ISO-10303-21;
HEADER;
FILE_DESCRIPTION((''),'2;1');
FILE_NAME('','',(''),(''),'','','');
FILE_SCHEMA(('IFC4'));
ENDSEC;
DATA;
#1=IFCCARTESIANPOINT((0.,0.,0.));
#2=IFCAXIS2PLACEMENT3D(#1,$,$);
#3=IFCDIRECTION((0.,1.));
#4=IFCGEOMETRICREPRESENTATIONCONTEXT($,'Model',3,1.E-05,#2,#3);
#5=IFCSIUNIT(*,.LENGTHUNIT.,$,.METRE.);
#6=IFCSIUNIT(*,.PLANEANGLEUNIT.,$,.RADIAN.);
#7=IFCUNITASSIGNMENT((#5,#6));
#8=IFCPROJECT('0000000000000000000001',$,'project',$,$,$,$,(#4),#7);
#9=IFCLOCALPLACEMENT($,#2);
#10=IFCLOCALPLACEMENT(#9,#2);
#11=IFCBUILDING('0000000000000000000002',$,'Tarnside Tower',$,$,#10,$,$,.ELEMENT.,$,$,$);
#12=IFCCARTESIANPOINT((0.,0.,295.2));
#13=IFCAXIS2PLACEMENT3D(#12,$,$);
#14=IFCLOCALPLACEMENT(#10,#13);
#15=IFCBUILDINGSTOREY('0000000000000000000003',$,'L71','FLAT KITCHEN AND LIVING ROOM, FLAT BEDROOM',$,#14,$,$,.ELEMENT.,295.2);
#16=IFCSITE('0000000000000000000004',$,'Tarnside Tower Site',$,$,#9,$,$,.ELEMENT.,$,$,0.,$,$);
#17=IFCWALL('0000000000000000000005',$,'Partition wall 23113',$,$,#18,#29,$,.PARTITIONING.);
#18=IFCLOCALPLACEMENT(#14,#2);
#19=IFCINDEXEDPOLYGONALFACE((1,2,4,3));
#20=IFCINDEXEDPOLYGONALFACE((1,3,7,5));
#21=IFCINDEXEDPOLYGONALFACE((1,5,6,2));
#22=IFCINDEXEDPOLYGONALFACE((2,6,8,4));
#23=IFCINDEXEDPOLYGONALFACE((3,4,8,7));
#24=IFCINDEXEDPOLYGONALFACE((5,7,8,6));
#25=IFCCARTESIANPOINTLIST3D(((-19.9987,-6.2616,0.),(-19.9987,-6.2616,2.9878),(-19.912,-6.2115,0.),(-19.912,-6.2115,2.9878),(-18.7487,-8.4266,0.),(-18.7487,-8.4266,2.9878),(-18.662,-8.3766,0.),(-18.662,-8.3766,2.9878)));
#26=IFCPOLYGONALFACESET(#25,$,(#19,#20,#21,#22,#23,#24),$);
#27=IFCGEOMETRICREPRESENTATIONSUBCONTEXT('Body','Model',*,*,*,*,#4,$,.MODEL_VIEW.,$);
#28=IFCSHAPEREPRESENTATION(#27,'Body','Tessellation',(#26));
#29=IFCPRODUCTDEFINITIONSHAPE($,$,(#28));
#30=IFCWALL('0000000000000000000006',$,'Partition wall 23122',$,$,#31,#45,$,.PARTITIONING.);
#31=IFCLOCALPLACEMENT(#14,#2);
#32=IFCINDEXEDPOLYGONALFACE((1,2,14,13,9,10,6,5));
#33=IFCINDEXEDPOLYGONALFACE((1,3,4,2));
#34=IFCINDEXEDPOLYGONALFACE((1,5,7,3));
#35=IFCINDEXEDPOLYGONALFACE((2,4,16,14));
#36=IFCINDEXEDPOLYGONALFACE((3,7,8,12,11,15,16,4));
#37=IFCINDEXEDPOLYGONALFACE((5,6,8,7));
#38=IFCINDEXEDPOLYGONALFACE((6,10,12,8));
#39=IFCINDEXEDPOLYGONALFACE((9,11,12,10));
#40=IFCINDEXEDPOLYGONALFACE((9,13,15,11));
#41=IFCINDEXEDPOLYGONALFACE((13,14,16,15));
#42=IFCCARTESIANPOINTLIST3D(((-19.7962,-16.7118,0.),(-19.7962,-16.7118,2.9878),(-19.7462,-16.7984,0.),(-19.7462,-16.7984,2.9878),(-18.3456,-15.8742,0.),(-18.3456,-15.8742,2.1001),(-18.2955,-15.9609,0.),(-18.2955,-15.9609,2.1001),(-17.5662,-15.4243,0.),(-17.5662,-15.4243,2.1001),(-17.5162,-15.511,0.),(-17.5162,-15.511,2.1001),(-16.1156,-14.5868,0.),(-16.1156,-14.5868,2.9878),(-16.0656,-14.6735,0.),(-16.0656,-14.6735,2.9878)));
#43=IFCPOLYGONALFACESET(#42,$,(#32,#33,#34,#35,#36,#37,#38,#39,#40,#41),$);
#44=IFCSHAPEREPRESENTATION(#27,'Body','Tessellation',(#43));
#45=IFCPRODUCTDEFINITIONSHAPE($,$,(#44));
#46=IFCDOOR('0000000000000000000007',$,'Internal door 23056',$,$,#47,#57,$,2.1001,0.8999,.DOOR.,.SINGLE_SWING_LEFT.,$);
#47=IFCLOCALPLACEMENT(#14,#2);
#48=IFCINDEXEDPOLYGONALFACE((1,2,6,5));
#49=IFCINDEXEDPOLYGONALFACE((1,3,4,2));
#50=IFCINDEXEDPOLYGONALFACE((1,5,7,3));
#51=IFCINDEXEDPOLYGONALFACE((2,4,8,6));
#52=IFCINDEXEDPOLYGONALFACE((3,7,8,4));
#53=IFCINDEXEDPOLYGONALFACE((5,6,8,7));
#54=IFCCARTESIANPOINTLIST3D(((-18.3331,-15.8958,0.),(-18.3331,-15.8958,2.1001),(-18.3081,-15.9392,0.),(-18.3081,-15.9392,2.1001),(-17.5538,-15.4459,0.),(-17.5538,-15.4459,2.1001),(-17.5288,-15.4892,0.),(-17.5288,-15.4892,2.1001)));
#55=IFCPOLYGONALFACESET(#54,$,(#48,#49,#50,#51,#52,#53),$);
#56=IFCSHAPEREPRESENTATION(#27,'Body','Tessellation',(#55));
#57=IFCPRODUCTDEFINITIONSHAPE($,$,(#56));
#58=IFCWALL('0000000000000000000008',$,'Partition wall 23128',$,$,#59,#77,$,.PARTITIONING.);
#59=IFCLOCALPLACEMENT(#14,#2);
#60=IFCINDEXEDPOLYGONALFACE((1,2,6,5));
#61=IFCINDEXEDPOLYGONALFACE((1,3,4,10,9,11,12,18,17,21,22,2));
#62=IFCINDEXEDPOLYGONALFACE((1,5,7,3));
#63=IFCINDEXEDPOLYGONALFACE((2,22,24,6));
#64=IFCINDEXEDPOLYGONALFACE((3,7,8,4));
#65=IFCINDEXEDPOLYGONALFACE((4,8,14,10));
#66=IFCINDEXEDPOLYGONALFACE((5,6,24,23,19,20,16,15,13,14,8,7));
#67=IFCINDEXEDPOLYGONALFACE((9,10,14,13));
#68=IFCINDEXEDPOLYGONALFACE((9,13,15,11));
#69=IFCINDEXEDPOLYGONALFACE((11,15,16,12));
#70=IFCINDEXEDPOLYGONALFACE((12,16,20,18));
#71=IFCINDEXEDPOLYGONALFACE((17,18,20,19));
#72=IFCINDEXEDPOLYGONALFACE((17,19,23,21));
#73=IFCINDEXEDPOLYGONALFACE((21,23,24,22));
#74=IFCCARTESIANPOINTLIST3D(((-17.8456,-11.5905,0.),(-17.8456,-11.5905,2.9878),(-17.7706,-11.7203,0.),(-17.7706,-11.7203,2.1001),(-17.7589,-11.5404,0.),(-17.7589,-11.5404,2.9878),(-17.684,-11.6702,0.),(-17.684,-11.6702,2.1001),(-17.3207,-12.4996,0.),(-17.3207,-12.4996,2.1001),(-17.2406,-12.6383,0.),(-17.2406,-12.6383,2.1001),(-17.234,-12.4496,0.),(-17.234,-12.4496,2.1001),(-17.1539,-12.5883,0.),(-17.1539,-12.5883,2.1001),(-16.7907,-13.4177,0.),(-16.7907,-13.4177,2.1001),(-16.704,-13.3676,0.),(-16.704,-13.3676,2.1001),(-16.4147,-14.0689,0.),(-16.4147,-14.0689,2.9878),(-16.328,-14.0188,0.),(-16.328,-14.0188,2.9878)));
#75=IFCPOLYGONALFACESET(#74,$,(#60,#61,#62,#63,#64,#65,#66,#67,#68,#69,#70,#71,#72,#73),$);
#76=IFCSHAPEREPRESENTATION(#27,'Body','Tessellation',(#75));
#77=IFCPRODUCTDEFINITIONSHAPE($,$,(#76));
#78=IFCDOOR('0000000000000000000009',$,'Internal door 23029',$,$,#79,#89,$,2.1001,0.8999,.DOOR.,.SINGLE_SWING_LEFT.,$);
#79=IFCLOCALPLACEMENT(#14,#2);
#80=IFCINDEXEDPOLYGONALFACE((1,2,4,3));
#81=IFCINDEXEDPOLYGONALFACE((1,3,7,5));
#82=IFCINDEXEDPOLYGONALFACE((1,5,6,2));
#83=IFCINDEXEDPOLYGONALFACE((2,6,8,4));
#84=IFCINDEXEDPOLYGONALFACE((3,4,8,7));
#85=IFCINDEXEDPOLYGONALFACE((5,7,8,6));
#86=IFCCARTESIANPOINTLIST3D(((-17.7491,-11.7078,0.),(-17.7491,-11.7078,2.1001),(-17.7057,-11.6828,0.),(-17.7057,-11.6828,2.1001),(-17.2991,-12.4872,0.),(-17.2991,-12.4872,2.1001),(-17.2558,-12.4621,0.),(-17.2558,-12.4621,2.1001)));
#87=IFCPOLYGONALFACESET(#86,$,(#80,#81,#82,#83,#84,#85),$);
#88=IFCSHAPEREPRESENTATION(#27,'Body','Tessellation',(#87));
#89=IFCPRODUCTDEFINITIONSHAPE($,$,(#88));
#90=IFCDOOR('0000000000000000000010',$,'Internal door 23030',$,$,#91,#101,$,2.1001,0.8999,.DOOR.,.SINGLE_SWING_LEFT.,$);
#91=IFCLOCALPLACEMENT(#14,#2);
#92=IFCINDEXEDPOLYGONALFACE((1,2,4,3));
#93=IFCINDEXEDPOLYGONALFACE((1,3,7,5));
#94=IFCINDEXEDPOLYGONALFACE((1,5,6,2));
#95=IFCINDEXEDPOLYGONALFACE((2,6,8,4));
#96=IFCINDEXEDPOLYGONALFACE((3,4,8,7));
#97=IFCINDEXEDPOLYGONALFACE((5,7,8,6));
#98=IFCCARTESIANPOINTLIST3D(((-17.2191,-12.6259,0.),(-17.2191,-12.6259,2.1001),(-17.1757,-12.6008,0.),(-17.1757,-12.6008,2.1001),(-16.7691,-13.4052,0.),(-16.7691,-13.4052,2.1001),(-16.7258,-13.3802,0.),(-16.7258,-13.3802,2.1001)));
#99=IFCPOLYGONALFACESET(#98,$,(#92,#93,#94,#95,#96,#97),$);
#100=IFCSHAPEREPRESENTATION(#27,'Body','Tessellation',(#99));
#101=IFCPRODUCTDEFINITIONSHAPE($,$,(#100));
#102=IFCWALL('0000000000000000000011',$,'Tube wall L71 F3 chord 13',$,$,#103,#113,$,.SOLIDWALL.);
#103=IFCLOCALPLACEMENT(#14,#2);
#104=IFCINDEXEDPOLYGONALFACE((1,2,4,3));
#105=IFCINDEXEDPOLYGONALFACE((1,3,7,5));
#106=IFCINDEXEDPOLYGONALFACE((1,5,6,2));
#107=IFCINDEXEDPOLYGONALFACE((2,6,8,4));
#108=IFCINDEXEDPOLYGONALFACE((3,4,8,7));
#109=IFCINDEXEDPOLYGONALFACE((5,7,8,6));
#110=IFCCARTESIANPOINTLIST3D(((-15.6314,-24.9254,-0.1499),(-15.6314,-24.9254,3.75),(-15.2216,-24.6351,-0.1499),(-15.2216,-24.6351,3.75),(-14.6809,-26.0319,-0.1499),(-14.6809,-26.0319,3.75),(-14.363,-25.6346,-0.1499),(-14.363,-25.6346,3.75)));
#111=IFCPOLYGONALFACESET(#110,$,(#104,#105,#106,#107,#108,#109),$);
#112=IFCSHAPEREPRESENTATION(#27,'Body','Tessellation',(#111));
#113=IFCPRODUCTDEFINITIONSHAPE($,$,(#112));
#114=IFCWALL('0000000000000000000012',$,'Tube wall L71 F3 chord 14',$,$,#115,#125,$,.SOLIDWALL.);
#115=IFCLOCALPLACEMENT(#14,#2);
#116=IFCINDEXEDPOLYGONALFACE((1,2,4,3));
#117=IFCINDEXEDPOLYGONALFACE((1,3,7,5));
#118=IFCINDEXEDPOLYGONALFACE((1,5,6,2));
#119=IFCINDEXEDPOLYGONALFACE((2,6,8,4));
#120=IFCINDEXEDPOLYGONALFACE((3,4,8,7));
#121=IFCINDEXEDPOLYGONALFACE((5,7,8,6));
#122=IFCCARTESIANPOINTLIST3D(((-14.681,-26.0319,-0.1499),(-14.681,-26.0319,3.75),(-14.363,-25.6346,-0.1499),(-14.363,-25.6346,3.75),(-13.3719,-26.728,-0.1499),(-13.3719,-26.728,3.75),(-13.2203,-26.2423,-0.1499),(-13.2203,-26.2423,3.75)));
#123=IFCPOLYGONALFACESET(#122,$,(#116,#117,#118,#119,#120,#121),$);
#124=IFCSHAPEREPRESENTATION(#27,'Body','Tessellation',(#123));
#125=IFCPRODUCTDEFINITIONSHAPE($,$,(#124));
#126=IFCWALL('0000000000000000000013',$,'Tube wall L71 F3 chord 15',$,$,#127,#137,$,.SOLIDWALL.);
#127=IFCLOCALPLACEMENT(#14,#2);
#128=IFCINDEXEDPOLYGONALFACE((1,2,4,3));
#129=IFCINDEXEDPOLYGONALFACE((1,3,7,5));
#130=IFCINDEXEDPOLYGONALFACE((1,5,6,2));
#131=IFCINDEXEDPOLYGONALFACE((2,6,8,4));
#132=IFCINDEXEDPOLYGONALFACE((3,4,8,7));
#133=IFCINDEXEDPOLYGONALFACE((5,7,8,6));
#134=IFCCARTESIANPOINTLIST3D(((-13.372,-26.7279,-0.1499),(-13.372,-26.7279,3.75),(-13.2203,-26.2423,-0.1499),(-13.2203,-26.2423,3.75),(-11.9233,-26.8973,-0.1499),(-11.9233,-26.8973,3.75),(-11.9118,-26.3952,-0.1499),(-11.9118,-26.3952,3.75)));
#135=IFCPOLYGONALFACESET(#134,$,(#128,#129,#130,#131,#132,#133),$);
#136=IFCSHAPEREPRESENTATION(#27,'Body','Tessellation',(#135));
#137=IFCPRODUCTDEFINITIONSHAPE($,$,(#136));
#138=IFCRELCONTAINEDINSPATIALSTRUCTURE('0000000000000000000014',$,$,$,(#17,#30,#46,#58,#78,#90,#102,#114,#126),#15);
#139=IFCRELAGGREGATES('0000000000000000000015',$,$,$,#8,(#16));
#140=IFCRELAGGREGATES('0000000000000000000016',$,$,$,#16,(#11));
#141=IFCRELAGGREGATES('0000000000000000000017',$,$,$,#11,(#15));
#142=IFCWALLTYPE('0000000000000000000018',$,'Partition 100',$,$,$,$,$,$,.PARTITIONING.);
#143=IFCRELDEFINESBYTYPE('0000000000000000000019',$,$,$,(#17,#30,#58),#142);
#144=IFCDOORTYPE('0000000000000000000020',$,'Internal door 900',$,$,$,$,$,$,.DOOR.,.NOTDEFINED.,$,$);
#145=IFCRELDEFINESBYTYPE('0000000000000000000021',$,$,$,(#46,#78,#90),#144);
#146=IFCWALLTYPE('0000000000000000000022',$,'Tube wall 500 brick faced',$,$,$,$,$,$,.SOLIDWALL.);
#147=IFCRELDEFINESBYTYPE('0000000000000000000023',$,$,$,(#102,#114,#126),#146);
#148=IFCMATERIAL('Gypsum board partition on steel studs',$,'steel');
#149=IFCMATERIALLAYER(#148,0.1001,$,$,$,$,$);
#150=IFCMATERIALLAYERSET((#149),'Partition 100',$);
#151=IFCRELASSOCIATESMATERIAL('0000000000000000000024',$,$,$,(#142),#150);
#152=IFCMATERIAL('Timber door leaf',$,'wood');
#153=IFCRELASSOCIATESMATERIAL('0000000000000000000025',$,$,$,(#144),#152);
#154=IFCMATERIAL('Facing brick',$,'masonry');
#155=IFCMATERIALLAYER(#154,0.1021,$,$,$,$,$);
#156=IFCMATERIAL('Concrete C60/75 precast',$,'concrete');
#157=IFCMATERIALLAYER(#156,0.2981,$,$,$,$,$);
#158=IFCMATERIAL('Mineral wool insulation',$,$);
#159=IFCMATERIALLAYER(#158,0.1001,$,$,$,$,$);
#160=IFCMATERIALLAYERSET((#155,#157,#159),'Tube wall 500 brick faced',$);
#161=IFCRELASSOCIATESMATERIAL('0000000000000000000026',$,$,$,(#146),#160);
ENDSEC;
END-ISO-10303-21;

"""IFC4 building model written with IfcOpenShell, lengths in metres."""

from ifc_helpers import new_model, si_unit, direction, frame, frame_2d, origin, place, context, subcontext, project, spatial, polyline, rectangle, outline, extrude, material, layer, layer_set, type_object, element, fill, save


model = new_model("IFC4")

# Units and contexts
model_context = context("Model", 3, precision=1e-05, world=origin(), true_north=direction((0.0, 1.0)))
body_context = subcontext(model_context, "Body", "Model", "MODEL_VIEW")
ifc_project = project(units=[si_unit("LENGTHUNIT", "METRE"), si_unit("PLANEANGLEUNIT", "RADIAN")], contexts=[model_context])

# Site, building, storey
site_placement = place(None, origin())
site = spatial("IfcSite", under=ifc_project, at=site_placement, Name="Tarnside Tower Site", CompositionType="ELEMENT", RefElevation=0.0)
building_placement = place(site_placement, origin())
building = spatial("IfcBuilding", under=site, at=building_placement, Name="Tarnside Tower", CompositionType="ELEMENT")
storey_placement = place(building_placement, frame((0.0, 0.0, 295.2)))
storey = spatial("IfcBuildingStorey", under=building, at=storey_placement, Name="L71", Description="FLAT KITCHEN AND LIVING ROOM, FLAT BEDROOM", CompositionType="ELEMENT", Elevation=295.2)

# Shared definitions
ifc_material_1 = material(Name="Gypsum board partition on steel studs", Category="steel")

# Shared definitions
ifc_material_2 = material(Name="Timber door leaf", Category="wood")

# Wall
ifc_layer_1 = layer(ifc_material_1, 0.1001)
ifc_layer_set_1 = layer_set([ifc_layer_1], Name="Partition 100")
wall_type_1 = type_object("IfcWallType", Name="Partition 100", PredefinedType="PARTITIONING", material=ifc_layer_set_1)
wall_1_placement = place(storey_placement, frame((-18.7053, -8.4016, 0.0), z_axis=(0.0, 0.0, 1.0), x_axis=(-0.500004, 0.866023, 0.0)))
element("IfcWall", 1, at=wall_1_placement, inside=storey, type_object=wall_type_1, Name="Partition wall 23113", PredefinedType="PARTITIONING", context=body_context, shape_type="SweptSolid", body=[
    extrude(rectangle(XDim=2.5, YDim=0.1001, at=frame_2d((1.25, 0.0))), origin(), (0.0, 0.0, 1.0), 2.9878),
])

# Wall, opening, door
wall_2_placement = place(storey_placement, frame((-16.0906, -14.6301, 0.0), z_axis=(0.0, 0.0, 1.0), x_axis=(-0.866029, -0.499994, 0.0)))
wall_2 = element("IfcWall", 2, at=wall_2_placement, inside=storey, type_object=wall_type_1, Name="Partition wall 23122", PredefinedType="PARTITIONING", context=body_context, shape_type="SweptSolid", body=[
    extrude(rectangle(XDim=4.25, YDim=0.1001, at=frame_2d((2.125, 0.0))), origin(), (0.0, 0.0, 1.0), 2.9878),
])
opening_1_placement = place(wall_2_placement, frame((1.675, 0.0, 0.0)))
opening_1 = element("IfcOpeningElement", 3, at=opening_1_placement, cuts=wall_2, PredefinedType="OPENING", context=body_context, shape_type="SweptSolid", body=[
    extrude(rectangle(XDim=0.8999, YDim=2.1001, at=frame_2d((0.45, 1.05))), frame((0.0, 0.0601, 0.0), z_axis=(0.0, -1.0, 0.0), x_axis=(1.0, 0.0, 0.0)), (0.0, 0.0, 1.0), 0.1201),
])
door_type_1 = type_object("IfcDoorType", Name="Internal door 900", OperationType="NOTDEFINED", PredefinedType="DOOR", material=ifc_material_2)
door_1_placement = place(opening_1_placement, origin())
door_1 = element("IfcDoor", 4, at=door_1_placement, inside=storey, type_object=door_type_1, Name="Internal door 23056", OperationType="SINGLE_SWING_LEFT", OverallHeight=2.1001, OverallWidth=0.8999, PredefinedType="DOOR", context=body_context, shape_type="SweptSolid", body=[
    extrude(rectangle(XDim=0.8999, YDim=2.1001, at=frame_2d((0.45, 1.05))), frame((0.0, 0.0249, 0.0), z_axis=(0.0, -1.0, 0.0), x_axis=(1.0, 0.0, 0.0)), (0.0, 0.0, 1.0), 0.05),
])
fill(opening_1, door_1)

# Wall, openings, doors
wall_3_placement = place(storey_placement, frame((-17.8022, -11.5654, 0.0), z_axis=(0.0, 0.0, 1.0), x_axis=(0.499983, -0.866035, 0.0)))
wall_3 = element("IfcWall", 5, at=wall_3_placement, inside=storey, type_object=wall_type_1, Name="Partition wall 23128", PredefinedType="PARTITIONING", context=body_context, shape_type="SweptSolid", body=[
    extrude(rectangle(XDim=2.8618, YDim=0.1001, at=frame_2d((1.4309, 0.0))), origin(), (0.0, 0.0, 1.0), 2.9878),
])
opening_2_placement = place(wall_3_placement, frame((0.1499, 0.0, 0.0)))
opening_2 = element("IfcOpeningElement", 6, at=opening_2_placement, cuts=wall_3, PredefinedType="OPENING", context=body_context, shape_type="SweptSolid", body=[
    extrude(rectangle(XDim=0.8999, YDim=2.1001, at=frame_2d((0.45, 1.05))), frame((0.0, 0.0601, 0.0), z_axis=(0.0, -1.0, 0.0), x_axis=(1.0, 0.0, 0.0)), (0.0, 0.0, 1.0), 0.1201),
])
opening_3_placement = place(wall_3_placement, frame((1.21, 0.0, 0.0)))
opening_3 = element("IfcOpeningElement", 7, at=opening_3_placement, cuts=wall_3, PredefinedType="OPENING", context=body_context, shape_type="SweptSolid", body=[
    extrude(rectangle(XDim=0.8999, YDim=2.1001, at=frame_2d((0.45, 1.05))), frame((0.0, 0.0601, 0.0), z_axis=(0.0, -1.0, 0.0), x_axis=(1.0, 0.0, 0.0)), (0.0, 0.0, 1.0), 0.1201),
])
door_2_placement = place(opening_2_placement, origin())
door_2 = element("IfcDoor", 8, at=door_2_placement, inside=storey, type_object=door_type_1, Name="Internal door 23029", OperationType="SINGLE_SWING_LEFT", OverallHeight=2.1001, OverallWidth=0.8999, PredefinedType="DOOR", context=body_context, shape_type="SweptSolid", body=[
    extrude(rectangle(XDim=0.8999, YDim=2.1001, at=frame_2d((0.45, 1.05))), frame((0.0, 0.0249, 0.0), z_axis=(0.0, -1.0, 0.0), x_axis=(1.0, 0.0, 0.0)), (0.0, 0.0, 1.0), 0.05),
])
fill(opening_2, door_2)
door_3_placement = place(opening_3_placement, origin())
door_3 = element("IfcDoor", 9, at=door_3_placement, inside=storey, type_object=door_type_1, Name="Internal door 23030", OperationType="SINGLE_SWING_LEFT", OverallHeight=2.1001, OverallWidth=0.8999, PredefinedType="DOOR", context=body_context, shape_type="SweptSolid", body=[
    extrude(rectangle(XDim=0.8999, YDim=2.1001, at=frame_2d((0.45, 1.05))), frame((0.0, 0.0249, 0.0), z_axis=(0.0, -1.0, 0.0), x_axis=(1.0, 0.0, 0.0)), (0.0, 0.0, 1.0), 0.05),
])
fill(opening_3, door_3)

# Walls
ifc_material_3 = material(Name="Facing brick", Category="masonry")
ifc_layer_2 = layer(ifc_material_3, 0.1021)
ifc_material_4 = material(Name="Concrete C60/75 precast", Category="concrete")
ifc_layer_3 = layer(ifc_material_4, 0.2981)
ifc_material_5 = material(Name="Mineral wool insulation")
ifc_layer_4 = layer(ifc_material_5, 0.1001)
ifc_layer_set_2 = layer_set([ifc_layer_2, ifc_layer_3, ifc_layer_4], Name="Tube wall 500 brick faced")
wall_type_2 = type_object("IfcWallType", Name="Tube wall 500 brick faced", PredefinedType="SOLIDWALL", material=ifc_layer_set_2)
wall_4_placement = place(storey_placement, frame((-15.4265, -24.7803, -0.1499), z_axis=(0.0, 0.0, 1.0), x_axis=(0.651617, -0.758549, 0.0)))
element("IfcWall", 10, at=wall_4_placement, inside=storey, type_object=wall_type_2, Name="Tube wall L71 F3 chord 13", PredefinedType="SOLIDWALL", context=body_context, shape_type="SweptSolid", body=[
    extrude(outline(polyline([(-0.0234, -0.25), (1.4353, -0.25), (1.3411, 0.25), (0.0234, 0.25), (-0.0234, -0.25)])), origin(), (0.0, 0.0, 1.0), 3.8999),
])
wall_5_placement = place(storey_placement, frame((-14.522, -25.8333, -0.1499), z_axis=(0.0, 0.0, 1.0), x_axis=(0.882927, -0.469511, 0.0)))
element("IfcWall", 11, at=wall_5_placement, inside=storey, type_object=wall_type_2, Name="Tube wall L71 F3 chord 14", PredefinedType="SOLIDWALL", context=body_context, shape_type="SweptSolid", body=[
    extrude(outline(polyline([(-0.0471, -0.25), (1.4355, -0.25), (1.3413, 0.25), (0.0471, 0.25), (-0.0471, -0.25)])), origin(), (0.0, 0.0, 1.0), 3.8999),
])
wall_6_placement = place(storey_placement, frame((-13.2961, -26.4851, -0.1499), z_axis=(0.0, 0.0, 1.0), x_axis=(0.993239, -0.116086, 0.0)))
element("IfcWall", 12, at=wall_6_placement, inside=storey, type_object=wall_type_2, Name="Tube wall L71 F3 chord 15", PredefinedType="SOLIDWALL", context=body_context, shape_type="SweptSolid", body=[
    extrude(outline(polyline([(-0.0471, -0.25), (1.4114, -0.25), (1.3645, 0.25), (0.0471, 0.25), (-0.0471, -0.25)])), origin(), (0.0, 0.0, 1.0), 3.8999),
])

save(model, "model.ifc")
